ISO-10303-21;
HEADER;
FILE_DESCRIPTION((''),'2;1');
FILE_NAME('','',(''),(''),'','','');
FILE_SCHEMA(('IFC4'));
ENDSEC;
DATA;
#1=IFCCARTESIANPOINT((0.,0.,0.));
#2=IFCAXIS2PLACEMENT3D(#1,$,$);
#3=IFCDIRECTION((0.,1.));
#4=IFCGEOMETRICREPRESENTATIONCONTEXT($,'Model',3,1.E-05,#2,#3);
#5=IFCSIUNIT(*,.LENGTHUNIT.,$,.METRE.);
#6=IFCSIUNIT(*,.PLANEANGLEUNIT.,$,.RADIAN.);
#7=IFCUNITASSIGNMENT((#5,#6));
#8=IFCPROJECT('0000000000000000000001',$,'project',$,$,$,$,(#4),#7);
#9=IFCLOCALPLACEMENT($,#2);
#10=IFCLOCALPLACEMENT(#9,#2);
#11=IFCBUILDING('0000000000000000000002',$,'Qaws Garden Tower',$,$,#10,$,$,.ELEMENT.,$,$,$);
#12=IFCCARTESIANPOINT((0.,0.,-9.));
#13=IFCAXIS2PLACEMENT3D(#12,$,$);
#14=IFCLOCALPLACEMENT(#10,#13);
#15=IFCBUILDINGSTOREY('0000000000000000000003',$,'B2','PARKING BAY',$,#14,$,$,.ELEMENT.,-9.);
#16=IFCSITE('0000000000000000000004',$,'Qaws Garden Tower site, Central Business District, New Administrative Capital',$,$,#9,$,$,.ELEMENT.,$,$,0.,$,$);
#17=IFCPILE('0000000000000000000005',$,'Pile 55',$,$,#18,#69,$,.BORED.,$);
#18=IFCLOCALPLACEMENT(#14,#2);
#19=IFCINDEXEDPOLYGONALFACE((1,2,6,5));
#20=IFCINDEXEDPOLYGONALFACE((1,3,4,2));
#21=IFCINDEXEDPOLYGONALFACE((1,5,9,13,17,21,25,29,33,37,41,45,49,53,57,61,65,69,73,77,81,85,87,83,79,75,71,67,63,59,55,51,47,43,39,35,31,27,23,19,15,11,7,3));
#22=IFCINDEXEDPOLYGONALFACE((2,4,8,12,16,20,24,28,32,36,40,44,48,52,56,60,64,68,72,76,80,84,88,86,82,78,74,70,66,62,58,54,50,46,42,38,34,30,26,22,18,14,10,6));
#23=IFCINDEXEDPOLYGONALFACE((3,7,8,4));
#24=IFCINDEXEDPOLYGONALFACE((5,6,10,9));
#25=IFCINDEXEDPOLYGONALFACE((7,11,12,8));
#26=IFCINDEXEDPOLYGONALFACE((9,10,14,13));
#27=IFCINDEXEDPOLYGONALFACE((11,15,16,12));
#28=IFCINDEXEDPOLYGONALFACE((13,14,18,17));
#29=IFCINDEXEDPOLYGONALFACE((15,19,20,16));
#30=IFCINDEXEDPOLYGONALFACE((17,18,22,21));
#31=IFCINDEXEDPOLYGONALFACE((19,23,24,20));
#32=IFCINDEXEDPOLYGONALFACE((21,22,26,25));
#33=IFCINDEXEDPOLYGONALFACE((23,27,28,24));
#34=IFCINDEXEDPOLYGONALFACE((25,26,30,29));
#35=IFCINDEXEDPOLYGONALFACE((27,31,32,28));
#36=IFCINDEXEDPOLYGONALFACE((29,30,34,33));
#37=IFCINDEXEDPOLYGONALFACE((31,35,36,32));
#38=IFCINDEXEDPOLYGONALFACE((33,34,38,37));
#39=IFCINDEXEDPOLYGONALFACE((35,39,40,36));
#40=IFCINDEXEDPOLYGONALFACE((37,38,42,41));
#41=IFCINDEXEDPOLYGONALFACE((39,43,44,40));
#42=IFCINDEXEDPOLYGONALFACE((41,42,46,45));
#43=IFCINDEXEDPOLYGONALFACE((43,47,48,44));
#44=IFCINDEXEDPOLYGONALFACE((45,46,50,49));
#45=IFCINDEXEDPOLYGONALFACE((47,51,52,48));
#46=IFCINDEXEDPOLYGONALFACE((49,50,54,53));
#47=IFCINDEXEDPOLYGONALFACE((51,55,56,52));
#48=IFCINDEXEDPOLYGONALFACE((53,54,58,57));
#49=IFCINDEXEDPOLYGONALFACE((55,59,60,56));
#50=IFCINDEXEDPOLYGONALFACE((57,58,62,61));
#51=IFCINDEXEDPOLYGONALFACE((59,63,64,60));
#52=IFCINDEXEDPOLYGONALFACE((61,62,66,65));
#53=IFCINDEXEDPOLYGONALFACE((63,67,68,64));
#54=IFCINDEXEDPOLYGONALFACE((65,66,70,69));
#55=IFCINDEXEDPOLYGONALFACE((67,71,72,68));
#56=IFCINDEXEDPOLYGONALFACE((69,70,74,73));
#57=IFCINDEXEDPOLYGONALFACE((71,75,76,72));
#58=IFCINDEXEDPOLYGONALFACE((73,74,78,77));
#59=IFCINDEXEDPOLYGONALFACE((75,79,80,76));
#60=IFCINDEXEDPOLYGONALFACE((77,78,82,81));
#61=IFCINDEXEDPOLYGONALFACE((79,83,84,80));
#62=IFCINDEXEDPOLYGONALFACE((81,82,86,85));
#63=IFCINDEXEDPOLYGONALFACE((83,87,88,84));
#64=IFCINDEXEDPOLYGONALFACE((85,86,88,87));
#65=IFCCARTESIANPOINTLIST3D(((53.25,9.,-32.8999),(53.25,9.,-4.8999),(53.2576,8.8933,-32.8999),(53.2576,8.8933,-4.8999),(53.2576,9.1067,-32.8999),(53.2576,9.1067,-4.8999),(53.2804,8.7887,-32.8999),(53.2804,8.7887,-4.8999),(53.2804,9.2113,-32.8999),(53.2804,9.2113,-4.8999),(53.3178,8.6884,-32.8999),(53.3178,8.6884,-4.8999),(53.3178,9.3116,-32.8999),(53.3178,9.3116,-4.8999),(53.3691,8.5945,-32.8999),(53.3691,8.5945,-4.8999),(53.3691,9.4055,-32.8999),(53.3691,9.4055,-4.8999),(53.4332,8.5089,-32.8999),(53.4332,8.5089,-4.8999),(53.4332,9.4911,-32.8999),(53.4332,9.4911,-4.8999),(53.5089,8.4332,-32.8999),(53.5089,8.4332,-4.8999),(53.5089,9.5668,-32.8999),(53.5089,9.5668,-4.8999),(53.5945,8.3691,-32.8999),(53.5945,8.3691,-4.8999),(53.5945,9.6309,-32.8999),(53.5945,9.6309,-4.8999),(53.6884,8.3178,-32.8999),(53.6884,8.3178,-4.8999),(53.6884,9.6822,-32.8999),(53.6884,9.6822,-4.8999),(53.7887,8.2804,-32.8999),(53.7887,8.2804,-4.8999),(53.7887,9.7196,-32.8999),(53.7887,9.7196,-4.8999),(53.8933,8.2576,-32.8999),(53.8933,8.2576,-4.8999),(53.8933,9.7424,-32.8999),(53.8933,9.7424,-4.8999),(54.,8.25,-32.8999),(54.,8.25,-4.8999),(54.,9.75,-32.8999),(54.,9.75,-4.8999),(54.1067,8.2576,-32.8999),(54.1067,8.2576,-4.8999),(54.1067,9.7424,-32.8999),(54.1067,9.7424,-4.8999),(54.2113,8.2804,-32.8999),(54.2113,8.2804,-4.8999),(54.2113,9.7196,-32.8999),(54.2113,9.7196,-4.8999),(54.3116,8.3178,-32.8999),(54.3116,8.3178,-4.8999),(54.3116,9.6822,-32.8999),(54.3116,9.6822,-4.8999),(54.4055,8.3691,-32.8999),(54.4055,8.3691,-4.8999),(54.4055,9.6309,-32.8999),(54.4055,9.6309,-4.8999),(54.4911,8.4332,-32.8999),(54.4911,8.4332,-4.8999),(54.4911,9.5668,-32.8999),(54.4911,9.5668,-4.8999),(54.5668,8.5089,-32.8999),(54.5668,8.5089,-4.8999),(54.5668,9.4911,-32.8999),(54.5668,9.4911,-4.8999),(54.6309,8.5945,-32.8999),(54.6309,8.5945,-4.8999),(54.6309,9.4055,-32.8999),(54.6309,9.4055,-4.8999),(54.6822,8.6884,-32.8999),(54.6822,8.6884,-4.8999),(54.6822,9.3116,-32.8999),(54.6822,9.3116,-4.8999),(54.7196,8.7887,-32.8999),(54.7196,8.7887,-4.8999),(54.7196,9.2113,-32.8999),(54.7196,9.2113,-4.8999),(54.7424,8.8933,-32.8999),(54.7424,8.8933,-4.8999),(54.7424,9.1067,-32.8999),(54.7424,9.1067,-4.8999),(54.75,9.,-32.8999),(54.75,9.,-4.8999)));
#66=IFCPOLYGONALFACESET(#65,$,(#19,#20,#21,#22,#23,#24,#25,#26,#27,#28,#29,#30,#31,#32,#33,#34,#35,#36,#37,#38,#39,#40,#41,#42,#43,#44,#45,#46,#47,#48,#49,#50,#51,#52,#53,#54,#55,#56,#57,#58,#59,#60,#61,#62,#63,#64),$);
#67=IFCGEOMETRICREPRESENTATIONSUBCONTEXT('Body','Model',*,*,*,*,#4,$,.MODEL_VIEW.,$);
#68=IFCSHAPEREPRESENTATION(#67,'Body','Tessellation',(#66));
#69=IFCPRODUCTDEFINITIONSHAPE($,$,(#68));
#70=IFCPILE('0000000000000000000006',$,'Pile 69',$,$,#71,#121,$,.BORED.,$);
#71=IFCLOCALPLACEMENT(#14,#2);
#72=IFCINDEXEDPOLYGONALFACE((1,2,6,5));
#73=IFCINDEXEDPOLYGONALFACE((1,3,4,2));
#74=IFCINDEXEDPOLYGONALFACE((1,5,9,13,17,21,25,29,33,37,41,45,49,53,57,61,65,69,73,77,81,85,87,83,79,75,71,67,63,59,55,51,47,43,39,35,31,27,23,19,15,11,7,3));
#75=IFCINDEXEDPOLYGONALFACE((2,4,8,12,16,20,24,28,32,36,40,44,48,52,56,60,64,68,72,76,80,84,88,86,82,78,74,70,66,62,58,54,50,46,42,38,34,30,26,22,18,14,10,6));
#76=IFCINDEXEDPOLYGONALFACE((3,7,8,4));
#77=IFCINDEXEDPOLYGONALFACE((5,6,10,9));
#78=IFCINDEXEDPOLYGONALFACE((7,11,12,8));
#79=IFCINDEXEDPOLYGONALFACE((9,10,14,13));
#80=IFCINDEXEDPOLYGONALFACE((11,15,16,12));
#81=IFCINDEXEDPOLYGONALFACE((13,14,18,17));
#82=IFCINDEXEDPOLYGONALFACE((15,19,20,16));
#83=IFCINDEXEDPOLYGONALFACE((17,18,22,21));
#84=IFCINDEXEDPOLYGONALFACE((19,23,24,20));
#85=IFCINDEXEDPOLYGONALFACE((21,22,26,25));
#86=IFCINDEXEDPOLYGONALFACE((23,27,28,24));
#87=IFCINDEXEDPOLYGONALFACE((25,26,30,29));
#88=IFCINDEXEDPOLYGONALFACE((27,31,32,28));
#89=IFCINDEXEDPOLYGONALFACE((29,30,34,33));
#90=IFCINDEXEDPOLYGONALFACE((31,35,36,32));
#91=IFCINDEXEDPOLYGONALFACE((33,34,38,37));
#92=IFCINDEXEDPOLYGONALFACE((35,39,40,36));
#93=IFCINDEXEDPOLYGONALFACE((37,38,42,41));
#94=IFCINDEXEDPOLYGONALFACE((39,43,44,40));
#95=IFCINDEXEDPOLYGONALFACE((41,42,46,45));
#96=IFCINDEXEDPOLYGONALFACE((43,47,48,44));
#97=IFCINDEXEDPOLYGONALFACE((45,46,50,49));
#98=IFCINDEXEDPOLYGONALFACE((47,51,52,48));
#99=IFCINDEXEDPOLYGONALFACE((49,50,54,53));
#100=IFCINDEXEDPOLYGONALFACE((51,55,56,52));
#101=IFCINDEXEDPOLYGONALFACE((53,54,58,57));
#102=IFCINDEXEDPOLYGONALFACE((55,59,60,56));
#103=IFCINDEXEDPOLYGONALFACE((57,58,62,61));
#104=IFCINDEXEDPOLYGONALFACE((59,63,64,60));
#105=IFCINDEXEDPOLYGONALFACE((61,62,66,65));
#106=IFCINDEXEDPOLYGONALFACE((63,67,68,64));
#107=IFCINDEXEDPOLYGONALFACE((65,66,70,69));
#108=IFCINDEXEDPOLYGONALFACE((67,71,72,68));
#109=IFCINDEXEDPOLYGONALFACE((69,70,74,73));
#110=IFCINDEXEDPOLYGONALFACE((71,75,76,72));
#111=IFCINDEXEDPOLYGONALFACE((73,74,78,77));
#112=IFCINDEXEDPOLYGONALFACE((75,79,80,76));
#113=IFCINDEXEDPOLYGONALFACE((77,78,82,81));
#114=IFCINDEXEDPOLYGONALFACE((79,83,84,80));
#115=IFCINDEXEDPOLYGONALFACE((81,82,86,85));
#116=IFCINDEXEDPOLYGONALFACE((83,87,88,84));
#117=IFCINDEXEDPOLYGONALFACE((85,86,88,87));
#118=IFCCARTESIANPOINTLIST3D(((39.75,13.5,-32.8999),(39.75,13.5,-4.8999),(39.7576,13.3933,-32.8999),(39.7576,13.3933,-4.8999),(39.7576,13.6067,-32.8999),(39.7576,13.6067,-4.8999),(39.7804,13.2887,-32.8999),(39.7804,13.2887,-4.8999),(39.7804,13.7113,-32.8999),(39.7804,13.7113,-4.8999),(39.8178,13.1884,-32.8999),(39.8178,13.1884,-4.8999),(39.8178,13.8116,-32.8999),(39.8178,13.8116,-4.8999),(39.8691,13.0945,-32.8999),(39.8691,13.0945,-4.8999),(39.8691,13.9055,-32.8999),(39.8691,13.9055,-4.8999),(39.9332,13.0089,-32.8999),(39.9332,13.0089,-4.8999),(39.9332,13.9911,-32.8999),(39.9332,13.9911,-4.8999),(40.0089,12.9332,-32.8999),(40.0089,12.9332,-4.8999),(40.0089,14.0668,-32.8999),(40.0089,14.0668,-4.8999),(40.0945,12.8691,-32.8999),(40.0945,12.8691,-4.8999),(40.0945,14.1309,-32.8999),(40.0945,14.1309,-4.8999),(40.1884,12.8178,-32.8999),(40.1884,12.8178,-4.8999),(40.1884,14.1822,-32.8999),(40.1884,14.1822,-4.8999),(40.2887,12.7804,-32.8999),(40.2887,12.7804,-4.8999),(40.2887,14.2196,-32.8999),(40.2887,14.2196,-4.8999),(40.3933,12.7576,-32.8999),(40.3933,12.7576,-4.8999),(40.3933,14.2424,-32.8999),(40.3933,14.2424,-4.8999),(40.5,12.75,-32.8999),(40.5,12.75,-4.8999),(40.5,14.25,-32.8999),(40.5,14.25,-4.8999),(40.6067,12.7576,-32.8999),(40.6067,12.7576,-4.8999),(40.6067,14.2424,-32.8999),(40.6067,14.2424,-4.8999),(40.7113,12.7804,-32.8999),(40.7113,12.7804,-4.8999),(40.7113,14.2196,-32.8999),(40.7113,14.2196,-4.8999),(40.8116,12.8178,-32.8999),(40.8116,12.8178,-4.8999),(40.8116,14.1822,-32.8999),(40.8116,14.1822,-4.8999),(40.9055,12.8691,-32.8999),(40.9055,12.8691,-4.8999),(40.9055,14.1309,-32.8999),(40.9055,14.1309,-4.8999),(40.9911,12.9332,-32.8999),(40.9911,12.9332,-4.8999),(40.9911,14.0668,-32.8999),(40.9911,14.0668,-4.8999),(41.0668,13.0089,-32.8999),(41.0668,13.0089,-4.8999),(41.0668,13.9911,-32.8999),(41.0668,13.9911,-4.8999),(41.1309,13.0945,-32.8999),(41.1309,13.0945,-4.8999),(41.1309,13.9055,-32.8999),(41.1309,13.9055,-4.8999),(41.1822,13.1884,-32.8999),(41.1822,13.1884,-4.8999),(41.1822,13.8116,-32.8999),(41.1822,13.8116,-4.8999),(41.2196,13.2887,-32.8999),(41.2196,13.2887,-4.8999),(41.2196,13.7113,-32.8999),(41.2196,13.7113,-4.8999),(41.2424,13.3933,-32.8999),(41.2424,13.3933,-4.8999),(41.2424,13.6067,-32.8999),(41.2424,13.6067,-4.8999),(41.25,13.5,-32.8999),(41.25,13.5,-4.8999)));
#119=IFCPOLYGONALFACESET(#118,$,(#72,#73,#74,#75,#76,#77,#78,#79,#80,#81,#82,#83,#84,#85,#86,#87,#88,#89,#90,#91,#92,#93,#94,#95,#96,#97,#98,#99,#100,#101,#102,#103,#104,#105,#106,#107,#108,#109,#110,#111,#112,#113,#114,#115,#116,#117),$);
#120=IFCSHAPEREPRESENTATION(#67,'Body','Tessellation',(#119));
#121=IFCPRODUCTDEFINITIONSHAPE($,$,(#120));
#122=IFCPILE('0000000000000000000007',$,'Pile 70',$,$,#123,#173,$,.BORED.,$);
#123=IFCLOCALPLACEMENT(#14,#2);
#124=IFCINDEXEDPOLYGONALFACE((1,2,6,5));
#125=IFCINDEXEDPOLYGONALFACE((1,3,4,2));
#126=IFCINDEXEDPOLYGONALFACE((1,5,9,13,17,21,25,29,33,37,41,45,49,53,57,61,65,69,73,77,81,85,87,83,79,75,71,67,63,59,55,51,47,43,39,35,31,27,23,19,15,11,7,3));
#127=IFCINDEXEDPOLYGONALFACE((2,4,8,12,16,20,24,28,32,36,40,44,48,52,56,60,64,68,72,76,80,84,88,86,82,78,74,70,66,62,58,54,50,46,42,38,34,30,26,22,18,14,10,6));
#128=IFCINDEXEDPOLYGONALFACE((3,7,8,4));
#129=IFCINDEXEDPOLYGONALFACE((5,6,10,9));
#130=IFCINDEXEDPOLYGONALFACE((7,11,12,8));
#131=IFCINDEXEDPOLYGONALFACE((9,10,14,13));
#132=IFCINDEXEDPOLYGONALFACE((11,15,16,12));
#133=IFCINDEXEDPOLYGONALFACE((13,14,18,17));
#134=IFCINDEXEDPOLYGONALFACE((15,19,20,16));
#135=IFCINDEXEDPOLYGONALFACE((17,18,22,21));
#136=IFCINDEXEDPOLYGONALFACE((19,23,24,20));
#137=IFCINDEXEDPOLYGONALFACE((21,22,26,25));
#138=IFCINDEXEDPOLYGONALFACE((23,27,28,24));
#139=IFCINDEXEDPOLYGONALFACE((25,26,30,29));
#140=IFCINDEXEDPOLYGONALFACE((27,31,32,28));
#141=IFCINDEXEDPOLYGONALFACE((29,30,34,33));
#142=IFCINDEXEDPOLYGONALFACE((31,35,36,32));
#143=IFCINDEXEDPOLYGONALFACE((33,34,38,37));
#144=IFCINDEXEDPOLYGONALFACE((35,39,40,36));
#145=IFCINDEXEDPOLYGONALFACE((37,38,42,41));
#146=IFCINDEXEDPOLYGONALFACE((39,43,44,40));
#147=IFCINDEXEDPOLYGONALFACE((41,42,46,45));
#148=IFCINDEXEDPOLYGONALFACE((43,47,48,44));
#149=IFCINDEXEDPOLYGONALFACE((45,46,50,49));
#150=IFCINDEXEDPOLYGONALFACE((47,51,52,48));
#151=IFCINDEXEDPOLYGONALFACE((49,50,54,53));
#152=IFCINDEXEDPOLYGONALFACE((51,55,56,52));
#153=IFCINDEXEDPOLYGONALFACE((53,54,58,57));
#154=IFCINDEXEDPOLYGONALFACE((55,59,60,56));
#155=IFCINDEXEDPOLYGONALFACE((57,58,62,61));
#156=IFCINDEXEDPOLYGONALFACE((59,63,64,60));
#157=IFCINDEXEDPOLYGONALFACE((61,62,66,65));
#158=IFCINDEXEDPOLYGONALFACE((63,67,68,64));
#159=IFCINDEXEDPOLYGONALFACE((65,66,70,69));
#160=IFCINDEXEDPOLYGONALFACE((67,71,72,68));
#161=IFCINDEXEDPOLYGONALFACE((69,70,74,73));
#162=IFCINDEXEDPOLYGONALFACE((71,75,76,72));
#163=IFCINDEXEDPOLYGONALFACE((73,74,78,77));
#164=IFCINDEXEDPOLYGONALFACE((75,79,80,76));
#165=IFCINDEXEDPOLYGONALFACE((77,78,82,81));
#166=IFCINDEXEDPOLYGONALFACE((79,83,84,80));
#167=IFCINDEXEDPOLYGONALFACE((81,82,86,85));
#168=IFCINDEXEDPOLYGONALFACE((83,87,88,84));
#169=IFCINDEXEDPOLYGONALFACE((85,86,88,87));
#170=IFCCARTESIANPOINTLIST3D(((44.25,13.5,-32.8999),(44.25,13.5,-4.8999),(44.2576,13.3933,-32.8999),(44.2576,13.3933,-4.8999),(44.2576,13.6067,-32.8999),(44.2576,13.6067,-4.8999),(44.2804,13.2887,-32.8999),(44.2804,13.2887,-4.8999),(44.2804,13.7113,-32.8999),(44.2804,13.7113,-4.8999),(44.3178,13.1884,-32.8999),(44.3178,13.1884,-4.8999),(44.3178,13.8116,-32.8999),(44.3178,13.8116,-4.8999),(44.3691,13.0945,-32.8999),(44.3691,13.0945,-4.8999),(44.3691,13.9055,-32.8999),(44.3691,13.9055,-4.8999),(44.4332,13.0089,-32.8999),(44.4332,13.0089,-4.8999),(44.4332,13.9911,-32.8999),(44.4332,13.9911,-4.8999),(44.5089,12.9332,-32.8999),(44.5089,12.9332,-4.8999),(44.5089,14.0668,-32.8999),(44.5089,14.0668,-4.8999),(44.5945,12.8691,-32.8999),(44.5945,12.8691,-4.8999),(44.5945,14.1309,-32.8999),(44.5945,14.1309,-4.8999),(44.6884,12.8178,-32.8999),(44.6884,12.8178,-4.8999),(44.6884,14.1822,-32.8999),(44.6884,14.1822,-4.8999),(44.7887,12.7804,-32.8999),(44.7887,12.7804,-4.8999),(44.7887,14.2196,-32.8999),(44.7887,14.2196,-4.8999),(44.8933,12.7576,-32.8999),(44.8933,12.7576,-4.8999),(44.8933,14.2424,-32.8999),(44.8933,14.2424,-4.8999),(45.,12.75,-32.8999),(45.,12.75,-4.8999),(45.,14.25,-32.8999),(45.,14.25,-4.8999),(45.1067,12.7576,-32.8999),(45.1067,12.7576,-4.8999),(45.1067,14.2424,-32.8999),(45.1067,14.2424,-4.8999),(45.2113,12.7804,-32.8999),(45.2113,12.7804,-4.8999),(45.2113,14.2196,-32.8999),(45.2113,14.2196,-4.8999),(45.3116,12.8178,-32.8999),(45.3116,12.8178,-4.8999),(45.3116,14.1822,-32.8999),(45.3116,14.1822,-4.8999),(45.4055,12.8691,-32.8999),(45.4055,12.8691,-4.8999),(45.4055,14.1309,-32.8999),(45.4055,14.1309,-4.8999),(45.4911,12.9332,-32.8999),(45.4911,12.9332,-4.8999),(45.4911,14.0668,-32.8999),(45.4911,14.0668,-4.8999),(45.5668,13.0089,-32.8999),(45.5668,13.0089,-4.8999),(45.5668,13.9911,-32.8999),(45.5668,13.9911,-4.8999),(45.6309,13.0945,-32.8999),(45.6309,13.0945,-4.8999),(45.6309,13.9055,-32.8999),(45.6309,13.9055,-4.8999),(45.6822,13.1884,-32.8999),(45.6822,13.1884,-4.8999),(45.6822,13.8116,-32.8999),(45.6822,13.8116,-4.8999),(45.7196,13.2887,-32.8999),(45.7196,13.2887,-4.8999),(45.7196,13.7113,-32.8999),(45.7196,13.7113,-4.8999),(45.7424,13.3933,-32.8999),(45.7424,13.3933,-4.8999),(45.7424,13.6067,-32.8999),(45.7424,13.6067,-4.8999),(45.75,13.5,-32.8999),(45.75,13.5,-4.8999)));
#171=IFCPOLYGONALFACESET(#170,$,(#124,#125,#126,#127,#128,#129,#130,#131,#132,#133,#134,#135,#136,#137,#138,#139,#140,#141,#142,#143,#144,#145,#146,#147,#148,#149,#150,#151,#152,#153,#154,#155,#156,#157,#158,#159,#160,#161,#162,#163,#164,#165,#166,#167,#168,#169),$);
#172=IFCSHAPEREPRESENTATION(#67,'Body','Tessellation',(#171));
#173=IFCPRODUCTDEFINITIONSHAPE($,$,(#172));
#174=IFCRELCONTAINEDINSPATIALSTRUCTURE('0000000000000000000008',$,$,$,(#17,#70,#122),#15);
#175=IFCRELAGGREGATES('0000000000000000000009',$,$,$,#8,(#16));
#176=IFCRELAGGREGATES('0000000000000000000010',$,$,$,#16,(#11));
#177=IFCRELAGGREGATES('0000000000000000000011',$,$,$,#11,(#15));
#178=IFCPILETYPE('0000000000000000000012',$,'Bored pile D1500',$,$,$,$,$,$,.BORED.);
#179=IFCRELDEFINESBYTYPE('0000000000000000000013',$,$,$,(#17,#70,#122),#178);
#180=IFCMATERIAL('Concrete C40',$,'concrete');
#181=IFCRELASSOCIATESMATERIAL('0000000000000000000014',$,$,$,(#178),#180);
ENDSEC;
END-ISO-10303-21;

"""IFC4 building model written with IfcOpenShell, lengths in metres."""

from ifc_helpers import new_model, si_unit, direction, frame, origin, origin_2d, place, context, subcontext, project, spatial, circle, extrude, material, material_profile, profile_set, type_object, element, save


model = new_model("IFC4")

# Units and contexts
model_context = context("Model", 3, precision=1e-05, world=origin(), true_north=direction((0.0, 1.0)))
body_context = subcontext(model_context, "Body", "Model", "MODEL_VIEW")
ifc_project = project(units=[si_unit("LENGTHUNIT", "METRE"), si_unit("PLANEANGLEUNIT", "RADIAN")], contexts=[model_context])

# Site, building, storey
site_placement = place(None, origin())
site = spatial("IfcSite", under=ifc_project, at=site_placement, Name="Qaws Garden Tower site, Central Business District, New Administrative Capital", CompositionType="ELEMENT", RefElevation=0.0)
building_placement = place(site_placement, origin())
building = spatial("IfcBuilding", under=site, at=building_placement, Name="Qaws Garden Tower", CompositionType="ELEMENT")
storey_placement = place(building_placement, frame((0.0, 0.0, -9.0)))
storey = spatial("IfcBuildingStorey", under=building, at=storey_placement, Name="B2", Description="PARKING BAY", CompositionType="ELEMENT", Elevation=-9.0)

# Piles
ifc_material_1 = material(Name="Concrete C40", Category="concrete")
ifc_material_profile_1 = material_profile(ifc_material_1, circle(Radius=0.75, at=origin_2d()), Name="Bored pile D1500")
ifc_profile_set_1 = profile_set([ifc_material_profile_1], Name="Concrete C40")
pile_type = type_object("IfcPileType", Name="Bored pile D1500", PredefinedType="BORED", material=ifc_profile_set_1)
for number, where, z_axis, x_axis, name in (
    (1, (54.0, 9.0, -4.8999), (0.0, 0.0, -1.0), (1.0, 0.0, 0.0), "Pile 55"),
    (2, (40.5, 13.5, -4.8999), (0.0, 0.0, -1.0), (1.0, 0.0, 0.0), "Pile 69"),
    (3, (45.0, 13.5, -4.8999), (0.0, 0.0, -1.0), (1.0, 0.0, 0.0), "Pile 70"),
):
    element("IfcPile", number, at=place(storey_placement, frame(where, z_axis=z_axis, x_axis=x_axis)), inside=storey, type_object=pile_type, Name=name, PredefinedType="BORED", context=body_context, shape_type="SweptSolid", body=[
        extrude(circle(Radius=0.75, at=origin_2d()), origin(), (0.0, 0.0, 1.0), 28.0),
    ])

save(model, "model.ifc")
